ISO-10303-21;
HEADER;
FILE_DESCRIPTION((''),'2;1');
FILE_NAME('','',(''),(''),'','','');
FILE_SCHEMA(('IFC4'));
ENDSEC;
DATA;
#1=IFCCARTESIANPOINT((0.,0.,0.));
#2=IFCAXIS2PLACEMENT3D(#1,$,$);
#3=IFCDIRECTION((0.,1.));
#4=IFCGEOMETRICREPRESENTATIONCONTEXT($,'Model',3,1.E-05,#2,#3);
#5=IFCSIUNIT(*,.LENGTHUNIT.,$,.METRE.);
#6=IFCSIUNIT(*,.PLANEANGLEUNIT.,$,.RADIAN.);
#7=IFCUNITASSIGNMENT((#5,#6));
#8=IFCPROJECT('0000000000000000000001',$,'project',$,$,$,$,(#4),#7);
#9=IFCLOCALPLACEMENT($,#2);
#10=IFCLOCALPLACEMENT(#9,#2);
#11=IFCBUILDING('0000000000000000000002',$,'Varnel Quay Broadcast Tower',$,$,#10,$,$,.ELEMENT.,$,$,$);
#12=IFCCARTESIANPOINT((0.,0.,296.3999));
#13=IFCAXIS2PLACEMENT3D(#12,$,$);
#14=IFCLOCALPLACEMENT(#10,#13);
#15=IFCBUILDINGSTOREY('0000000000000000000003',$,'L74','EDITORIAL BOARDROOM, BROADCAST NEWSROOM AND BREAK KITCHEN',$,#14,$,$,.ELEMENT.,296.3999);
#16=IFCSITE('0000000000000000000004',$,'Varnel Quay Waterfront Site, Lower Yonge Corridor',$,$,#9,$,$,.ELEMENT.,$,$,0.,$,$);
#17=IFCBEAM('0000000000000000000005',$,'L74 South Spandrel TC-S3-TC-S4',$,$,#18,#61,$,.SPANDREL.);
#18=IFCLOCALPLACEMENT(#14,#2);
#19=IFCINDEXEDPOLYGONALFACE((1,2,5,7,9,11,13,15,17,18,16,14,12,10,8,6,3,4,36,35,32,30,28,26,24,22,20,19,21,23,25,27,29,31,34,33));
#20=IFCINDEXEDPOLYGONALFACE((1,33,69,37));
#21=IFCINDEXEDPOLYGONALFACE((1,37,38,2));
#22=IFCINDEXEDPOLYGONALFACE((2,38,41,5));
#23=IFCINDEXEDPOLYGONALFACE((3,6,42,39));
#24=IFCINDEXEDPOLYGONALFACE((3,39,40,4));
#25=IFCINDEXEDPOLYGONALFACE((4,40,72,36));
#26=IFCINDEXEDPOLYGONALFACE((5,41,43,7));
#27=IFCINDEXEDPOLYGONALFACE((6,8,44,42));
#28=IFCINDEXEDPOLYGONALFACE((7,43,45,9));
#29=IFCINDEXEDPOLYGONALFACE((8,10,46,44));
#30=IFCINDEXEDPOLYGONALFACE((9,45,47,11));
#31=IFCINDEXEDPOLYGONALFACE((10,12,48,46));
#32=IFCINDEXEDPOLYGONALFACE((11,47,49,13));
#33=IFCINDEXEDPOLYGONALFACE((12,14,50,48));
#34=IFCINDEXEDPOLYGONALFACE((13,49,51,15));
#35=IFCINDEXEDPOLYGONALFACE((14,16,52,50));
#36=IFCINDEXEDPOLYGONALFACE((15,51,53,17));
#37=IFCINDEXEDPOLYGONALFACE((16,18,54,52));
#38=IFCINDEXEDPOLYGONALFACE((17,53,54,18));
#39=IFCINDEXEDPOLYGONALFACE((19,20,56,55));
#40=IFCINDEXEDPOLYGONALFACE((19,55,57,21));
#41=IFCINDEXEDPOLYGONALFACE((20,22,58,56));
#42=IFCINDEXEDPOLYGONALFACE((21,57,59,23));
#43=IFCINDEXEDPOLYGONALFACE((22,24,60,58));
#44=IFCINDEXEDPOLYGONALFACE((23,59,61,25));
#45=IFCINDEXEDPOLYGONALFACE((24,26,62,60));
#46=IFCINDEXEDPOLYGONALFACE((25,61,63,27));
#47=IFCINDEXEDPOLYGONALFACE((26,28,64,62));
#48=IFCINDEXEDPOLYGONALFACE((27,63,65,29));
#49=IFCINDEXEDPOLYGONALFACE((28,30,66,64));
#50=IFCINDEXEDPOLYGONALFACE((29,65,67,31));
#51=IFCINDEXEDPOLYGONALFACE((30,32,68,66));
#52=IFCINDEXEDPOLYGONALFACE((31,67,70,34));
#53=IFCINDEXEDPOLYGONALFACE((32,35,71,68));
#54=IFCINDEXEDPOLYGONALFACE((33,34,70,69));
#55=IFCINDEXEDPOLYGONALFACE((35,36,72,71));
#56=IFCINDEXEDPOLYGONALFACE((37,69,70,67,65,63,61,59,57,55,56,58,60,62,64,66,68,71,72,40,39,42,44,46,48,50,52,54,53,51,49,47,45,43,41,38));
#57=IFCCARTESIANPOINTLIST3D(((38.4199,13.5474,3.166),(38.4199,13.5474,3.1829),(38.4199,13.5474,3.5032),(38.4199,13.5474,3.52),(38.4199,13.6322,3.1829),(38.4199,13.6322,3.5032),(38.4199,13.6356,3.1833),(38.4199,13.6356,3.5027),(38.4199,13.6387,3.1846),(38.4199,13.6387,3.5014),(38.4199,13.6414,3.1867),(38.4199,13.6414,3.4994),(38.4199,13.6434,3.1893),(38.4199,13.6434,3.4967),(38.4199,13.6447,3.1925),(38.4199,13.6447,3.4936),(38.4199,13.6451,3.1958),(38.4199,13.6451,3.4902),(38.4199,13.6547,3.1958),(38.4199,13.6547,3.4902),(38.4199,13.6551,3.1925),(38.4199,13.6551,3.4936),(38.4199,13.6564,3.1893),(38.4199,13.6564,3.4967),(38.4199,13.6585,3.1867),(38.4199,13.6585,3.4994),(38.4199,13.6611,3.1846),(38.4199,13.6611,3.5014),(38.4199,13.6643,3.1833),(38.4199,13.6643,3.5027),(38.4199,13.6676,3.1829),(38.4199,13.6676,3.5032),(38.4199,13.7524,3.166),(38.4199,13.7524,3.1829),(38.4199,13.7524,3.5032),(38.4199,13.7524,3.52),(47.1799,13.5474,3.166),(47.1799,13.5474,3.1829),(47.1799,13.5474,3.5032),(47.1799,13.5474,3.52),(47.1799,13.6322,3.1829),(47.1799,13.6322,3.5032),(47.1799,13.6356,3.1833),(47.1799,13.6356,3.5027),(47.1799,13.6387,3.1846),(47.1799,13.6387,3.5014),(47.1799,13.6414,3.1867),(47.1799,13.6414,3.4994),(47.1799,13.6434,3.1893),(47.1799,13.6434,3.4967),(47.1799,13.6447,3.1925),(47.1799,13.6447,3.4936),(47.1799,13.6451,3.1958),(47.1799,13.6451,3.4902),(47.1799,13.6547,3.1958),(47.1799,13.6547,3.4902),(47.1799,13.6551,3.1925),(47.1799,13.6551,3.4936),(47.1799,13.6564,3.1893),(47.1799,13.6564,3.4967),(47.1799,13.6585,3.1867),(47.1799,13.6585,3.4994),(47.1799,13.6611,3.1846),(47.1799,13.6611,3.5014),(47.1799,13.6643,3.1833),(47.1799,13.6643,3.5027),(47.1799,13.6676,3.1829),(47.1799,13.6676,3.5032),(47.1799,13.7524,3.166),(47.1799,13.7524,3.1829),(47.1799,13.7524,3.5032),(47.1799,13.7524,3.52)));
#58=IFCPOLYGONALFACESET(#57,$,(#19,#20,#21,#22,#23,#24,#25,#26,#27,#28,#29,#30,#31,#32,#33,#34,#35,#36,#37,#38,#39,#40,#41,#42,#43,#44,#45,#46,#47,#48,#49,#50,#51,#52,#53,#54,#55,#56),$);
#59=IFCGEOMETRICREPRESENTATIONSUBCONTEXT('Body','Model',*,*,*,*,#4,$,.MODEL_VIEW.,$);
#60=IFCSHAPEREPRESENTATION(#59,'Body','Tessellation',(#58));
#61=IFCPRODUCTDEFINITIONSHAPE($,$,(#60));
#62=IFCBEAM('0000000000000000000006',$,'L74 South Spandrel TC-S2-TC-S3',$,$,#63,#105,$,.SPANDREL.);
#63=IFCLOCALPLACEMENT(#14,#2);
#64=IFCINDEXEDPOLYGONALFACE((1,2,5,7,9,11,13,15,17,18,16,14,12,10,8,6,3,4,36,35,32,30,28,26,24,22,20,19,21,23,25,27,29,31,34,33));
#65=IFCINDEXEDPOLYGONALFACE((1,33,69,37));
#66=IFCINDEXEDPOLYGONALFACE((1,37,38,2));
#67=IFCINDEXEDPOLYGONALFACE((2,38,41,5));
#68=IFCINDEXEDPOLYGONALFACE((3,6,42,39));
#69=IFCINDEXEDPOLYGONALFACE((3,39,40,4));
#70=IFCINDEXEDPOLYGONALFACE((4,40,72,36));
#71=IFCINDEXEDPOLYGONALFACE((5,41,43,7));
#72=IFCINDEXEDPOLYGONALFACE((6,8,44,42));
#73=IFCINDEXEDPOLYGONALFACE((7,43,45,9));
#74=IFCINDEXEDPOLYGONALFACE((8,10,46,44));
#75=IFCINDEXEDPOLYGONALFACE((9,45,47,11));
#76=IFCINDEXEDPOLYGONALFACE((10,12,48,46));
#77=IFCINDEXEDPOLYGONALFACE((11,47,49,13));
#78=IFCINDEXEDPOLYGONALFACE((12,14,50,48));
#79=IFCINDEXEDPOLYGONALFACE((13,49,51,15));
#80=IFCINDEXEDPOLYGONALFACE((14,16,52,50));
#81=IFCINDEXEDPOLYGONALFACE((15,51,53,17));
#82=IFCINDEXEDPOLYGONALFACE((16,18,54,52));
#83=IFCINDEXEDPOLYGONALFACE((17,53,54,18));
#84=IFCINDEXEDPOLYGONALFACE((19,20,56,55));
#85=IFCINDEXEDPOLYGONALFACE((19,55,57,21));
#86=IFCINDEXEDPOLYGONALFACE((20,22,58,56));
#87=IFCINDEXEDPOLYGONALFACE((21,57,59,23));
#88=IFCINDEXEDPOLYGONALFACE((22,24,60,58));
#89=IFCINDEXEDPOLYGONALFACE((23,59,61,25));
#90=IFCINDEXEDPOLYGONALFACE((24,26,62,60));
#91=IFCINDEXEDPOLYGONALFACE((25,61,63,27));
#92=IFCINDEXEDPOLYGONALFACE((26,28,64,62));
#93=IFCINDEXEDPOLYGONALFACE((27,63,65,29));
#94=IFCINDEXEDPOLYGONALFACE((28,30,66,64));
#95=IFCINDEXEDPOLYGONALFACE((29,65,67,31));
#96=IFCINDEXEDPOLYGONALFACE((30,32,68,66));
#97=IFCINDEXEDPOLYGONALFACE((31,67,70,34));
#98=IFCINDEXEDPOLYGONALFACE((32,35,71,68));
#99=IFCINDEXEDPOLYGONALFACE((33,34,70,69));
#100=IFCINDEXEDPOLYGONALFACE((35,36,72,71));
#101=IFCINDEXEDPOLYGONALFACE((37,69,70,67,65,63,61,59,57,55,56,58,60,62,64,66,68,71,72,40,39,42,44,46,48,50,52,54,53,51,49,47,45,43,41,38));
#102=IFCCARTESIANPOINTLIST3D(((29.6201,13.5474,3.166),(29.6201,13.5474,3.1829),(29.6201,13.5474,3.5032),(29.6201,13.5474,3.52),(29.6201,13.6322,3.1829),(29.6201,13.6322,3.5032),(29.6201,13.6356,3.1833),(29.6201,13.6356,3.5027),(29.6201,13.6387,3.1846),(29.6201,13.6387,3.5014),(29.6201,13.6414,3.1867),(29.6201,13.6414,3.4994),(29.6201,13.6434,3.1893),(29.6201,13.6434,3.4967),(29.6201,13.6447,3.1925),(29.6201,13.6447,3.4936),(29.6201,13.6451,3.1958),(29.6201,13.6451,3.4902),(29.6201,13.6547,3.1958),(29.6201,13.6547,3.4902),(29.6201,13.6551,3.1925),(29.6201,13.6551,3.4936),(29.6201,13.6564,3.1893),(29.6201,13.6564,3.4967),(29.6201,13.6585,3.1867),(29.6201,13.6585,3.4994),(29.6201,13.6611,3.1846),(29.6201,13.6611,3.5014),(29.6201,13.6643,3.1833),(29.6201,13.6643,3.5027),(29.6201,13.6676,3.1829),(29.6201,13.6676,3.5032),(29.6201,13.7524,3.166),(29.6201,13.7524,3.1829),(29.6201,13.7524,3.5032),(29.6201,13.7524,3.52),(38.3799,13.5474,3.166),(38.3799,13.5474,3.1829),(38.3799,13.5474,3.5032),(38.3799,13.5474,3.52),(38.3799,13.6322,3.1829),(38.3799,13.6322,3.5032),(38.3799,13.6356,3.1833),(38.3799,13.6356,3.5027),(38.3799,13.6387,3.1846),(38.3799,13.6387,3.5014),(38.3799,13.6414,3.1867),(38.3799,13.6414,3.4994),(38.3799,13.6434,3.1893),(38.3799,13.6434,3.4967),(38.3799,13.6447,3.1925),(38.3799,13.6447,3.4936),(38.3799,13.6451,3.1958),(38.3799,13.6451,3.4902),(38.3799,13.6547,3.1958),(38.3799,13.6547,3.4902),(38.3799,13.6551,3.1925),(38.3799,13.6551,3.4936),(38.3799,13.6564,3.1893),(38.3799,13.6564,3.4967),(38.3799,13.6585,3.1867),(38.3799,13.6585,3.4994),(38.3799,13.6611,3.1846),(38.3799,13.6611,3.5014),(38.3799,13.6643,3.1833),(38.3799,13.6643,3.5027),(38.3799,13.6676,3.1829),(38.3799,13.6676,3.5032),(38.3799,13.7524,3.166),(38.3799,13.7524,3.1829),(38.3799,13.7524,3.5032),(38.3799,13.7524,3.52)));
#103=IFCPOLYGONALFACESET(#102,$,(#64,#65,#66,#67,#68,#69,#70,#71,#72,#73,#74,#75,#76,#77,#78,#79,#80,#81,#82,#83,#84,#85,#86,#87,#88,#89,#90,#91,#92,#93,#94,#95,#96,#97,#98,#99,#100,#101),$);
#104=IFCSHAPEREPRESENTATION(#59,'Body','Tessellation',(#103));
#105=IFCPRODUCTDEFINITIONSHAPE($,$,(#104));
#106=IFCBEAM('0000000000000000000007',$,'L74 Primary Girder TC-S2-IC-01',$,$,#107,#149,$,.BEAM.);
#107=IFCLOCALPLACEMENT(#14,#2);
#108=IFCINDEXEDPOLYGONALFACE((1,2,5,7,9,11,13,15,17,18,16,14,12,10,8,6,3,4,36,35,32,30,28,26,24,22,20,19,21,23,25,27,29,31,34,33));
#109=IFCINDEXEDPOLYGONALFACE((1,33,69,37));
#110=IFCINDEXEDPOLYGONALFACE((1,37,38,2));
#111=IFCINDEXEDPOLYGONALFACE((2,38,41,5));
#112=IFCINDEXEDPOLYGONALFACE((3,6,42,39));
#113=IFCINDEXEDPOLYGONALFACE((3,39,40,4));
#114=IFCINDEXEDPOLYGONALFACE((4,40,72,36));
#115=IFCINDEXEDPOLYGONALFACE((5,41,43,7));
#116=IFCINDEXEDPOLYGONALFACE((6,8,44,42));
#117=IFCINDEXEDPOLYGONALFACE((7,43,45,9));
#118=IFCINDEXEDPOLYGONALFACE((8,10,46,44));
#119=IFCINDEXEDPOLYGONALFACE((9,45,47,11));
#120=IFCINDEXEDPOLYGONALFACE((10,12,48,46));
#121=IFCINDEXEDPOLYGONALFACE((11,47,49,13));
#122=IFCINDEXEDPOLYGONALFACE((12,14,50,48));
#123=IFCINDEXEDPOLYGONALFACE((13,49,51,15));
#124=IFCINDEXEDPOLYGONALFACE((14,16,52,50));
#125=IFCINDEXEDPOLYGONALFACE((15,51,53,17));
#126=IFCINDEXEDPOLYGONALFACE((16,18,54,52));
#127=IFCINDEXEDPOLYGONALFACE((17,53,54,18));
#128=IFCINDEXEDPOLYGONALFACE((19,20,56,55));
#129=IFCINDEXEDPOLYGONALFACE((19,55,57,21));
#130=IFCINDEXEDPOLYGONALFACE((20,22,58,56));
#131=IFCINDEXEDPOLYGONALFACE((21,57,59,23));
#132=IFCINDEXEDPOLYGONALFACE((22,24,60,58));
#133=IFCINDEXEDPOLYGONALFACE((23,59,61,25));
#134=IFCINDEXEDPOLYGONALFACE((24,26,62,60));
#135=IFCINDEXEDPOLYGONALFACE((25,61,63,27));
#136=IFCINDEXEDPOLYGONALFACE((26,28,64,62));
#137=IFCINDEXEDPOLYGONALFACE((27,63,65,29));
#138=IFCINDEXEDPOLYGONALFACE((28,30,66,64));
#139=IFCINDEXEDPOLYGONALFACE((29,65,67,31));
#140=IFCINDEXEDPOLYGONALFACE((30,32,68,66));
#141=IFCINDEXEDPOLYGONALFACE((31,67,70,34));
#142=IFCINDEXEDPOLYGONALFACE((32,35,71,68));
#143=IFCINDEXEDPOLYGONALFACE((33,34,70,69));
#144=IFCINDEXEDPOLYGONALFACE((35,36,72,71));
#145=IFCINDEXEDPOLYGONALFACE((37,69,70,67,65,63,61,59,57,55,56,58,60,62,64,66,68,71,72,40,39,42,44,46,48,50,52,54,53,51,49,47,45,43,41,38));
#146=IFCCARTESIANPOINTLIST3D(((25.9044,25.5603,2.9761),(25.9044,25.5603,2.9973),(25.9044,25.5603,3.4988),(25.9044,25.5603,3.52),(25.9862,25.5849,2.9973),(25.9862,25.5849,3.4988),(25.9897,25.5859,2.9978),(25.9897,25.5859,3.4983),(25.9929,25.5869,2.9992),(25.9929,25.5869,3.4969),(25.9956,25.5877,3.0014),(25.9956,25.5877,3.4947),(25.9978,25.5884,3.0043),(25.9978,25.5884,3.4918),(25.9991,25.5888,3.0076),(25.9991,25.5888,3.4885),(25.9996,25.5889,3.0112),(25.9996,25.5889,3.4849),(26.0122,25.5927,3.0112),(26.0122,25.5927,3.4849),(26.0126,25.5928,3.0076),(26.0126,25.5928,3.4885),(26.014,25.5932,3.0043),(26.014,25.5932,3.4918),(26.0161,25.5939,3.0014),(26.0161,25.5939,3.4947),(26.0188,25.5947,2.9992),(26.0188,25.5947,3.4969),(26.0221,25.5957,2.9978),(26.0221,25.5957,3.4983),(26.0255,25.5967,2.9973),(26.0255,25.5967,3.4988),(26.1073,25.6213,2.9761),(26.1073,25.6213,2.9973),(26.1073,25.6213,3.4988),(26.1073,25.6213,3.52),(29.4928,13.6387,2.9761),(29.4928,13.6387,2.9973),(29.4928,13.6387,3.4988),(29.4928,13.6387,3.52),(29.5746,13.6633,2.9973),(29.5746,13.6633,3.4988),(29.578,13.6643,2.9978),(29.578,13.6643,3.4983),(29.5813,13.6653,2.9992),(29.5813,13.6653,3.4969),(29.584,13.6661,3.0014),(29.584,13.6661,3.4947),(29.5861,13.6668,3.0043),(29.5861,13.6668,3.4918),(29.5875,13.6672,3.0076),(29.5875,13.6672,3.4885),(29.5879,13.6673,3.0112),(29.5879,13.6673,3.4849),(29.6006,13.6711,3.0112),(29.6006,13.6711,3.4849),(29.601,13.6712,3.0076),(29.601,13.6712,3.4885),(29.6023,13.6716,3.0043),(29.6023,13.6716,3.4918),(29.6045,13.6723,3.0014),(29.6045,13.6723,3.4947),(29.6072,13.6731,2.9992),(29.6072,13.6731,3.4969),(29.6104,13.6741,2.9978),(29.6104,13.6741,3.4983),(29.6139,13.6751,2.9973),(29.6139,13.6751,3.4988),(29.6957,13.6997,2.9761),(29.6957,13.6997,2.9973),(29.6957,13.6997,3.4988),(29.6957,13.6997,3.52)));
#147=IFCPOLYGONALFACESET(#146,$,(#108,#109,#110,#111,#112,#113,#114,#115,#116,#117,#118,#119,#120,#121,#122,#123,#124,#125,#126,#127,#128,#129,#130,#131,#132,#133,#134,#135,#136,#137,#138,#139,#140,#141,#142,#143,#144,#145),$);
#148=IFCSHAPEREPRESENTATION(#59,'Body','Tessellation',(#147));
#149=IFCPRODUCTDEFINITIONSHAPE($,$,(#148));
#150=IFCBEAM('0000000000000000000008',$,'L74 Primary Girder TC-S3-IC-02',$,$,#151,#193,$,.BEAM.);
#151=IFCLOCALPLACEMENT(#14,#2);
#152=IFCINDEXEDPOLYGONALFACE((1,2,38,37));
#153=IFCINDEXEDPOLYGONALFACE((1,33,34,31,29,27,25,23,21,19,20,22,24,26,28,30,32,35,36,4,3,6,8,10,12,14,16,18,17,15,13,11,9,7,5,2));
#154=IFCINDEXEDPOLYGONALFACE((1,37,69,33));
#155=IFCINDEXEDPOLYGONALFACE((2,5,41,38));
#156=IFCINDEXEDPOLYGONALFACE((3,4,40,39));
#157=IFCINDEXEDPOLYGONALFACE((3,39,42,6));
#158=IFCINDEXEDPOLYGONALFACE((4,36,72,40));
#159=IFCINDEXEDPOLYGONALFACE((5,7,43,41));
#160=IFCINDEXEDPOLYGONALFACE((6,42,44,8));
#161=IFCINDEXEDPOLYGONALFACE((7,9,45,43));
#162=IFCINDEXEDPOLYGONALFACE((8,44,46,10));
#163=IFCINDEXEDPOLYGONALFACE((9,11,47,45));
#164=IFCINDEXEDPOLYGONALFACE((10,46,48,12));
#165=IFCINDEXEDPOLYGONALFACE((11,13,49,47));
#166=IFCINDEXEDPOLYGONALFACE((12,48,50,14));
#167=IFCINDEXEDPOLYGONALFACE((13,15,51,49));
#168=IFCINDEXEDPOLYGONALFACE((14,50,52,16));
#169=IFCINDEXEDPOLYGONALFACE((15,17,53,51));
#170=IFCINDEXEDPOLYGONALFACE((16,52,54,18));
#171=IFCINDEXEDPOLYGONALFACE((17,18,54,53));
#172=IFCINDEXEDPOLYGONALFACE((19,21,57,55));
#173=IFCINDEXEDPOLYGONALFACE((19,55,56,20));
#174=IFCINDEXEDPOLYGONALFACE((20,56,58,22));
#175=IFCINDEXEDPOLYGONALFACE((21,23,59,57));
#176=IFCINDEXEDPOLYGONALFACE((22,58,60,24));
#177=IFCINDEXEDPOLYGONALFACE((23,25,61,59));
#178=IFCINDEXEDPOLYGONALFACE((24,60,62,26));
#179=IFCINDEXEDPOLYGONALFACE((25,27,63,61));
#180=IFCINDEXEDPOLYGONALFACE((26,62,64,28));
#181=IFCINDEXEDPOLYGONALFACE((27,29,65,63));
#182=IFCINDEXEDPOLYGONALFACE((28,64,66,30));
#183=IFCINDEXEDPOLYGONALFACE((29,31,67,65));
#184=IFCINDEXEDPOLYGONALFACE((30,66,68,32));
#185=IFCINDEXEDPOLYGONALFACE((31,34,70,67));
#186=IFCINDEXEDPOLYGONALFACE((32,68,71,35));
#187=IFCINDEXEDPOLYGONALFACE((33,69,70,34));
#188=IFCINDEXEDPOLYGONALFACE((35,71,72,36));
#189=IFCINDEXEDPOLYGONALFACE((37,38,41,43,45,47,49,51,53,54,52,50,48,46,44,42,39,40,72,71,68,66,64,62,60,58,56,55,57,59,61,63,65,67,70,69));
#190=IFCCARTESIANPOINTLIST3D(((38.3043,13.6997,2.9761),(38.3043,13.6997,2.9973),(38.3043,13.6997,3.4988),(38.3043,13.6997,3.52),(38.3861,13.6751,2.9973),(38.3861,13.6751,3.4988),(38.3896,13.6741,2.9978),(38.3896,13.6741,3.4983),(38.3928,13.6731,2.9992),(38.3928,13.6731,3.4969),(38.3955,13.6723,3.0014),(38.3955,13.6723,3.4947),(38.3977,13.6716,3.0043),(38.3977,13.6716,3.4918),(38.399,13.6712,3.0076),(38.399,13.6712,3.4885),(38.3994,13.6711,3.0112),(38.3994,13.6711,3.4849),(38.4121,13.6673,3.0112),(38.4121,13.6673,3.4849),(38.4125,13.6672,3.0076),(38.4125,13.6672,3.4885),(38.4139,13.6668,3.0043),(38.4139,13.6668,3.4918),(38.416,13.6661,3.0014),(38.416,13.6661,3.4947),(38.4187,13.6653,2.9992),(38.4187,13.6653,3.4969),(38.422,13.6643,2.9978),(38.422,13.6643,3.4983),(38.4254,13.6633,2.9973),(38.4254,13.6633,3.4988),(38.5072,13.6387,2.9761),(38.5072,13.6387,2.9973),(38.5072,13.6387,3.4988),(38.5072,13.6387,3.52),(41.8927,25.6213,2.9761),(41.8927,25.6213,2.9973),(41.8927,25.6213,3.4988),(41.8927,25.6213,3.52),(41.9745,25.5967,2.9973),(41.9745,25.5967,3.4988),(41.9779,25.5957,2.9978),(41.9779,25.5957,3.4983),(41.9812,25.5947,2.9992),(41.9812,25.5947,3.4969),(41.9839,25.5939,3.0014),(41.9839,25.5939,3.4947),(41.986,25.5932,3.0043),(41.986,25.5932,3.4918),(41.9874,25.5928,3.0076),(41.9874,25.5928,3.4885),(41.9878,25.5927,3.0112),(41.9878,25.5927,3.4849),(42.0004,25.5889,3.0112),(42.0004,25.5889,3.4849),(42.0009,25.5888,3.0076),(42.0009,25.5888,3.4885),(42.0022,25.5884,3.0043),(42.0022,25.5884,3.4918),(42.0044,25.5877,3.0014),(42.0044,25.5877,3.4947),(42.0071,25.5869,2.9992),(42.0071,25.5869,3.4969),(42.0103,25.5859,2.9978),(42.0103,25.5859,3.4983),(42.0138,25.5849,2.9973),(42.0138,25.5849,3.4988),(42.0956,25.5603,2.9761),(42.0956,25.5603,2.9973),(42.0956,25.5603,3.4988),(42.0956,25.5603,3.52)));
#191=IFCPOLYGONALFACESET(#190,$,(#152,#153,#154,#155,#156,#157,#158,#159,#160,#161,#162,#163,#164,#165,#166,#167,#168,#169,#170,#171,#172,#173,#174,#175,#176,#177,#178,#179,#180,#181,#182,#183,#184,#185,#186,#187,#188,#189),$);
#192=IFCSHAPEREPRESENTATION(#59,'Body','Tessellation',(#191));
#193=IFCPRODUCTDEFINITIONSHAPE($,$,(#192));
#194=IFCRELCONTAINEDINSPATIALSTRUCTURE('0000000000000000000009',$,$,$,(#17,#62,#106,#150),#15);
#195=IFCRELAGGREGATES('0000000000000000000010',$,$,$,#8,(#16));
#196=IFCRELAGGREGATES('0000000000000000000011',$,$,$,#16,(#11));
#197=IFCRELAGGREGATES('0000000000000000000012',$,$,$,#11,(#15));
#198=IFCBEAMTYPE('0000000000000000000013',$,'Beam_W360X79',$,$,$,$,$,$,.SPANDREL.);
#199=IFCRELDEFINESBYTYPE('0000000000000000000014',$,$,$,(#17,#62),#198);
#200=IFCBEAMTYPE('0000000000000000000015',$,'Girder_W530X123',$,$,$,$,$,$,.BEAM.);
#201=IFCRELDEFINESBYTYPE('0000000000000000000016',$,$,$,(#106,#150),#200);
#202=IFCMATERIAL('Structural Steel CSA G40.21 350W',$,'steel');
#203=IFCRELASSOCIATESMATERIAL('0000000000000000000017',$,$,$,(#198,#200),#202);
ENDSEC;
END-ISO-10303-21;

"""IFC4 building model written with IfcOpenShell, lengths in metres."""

from ifc_helpers import new_model, si_unit, direction, frame, origin, origin_2d, place, context, subcontext, project, spatial, i_section, extrude, source, transform, mapped, material, material_profile, profile_set, type_object, type_shapes, element, save


model = new_model("IFC4")

# Units and contexts
model_context = context("Model", 3, precision=1e-05, world=origin(), true_north=direction((0.0, 1.0)))
body_context = subcontext(model_context, "Body", "Model", "MODEL_VIEW")
ifc_project = project(units=[si_unit("LENGTHUNIT", "METRE"), si_unit("PLANEANGLEUNIT", "RADIAN")], contexts=[model_context])

# Site, building, storey
site_placement = place(None, origin())
site = spatial("IfcSite", under=ifc_project, at=site_placement, Name="Varnel Quay Waterfront Site, Lower Yonge Corridor", CompositionType="ELEMENT", RefElevation=0.0)
building_placement = place(site_placement, origin())
building = spatial("IfcBuilding", under=site, at=building_placement, Name="Varnel Quay Broadcast Tower", CompositionType="ELEMENT")
storey_placement = place(building_placement, frame((0.0, 0.0, 296.3999)))
storey = spatial("IfcBuildingStorey", under=building, at=storey_placement, Name="L74", Description="EDITORIAL BOARDROOM, BROADCAST NEWSROOM AND BREAK KITCHEN", CompositionType="ELEMENT", Elevation=296.3999)

# Shared definitions
ifc_material_1 = material(Name="Structural Steel CSA G40.21 350W", Category="steel")

# Beams
ifc_material_profile_1 = material_profile(ifc_material_1, i_section(OverallWidth=0.2051, OverallDepth=0.354, WebThickness=0.0095, FlangeThickness=0.0168, FilletRadius=0.0129, at=origin_2d()), Name="W360X79")
ifc_profile_set_1 = profile_set([ifc_material_profile_1], Name="Structural Steel CSA G40.21 350W")
beam_type_1 = type_object("IfcBeamType", Name="Beam_W360X79", PredefinedType="SPANDREL", material=ifc_profile_set_1)
shared_shape_1 = source(origin(), body_context, "Body", "SweptSolid", [
    extrude(i_section(OverallWidth=0.2051, OverallDepth=0.354, WebThickness=0.0095, FlangeThickness=0.0168, FilletRadius=0.0129, at=origin_2d()), origin(), (0.0, 0.0, 1.0), 8.76),
])
beam_1_placement = place(storey_placement, frame((38.4199, 13.6499, 3.343), z_axis=(1.0, 0.0, 0.0), x_axis=(0.0, 1.0, 0.0)))
element("IfcBeam", 1, at=beam_1_placement, inside=storey, type_object=beam_type_1, Name="L74 South Spandrel TC-S3-TC-S4", PredefinedType="SPANDREL", context=body_context, shape_type="MappedRepresentation", body=[
    mapped(shared_shape_1, transform((0.0, 0.0, 0.0), x_axis=(1.0, 0.0, 0.0), y_axis=(0.0, 1.0, 0.0), z_axis=(0.0, 0.0, 1.0), scale=1.0)),
])
shared_shape_2 = source(origin(), body_context, "Body", "SweptSolid", [
    extrude(i_section(OverallWidth=0.2051, OverallDepth=0.354, WebThickness=0.0095, FlangeThickness=0.0168, FilletRadius=0.0129, at=origin_2d()), origin(), (0.0, 0.0, 1.0), 8.7598),
])
type_shapes(beam_type_1, [shared_shape_1, shared_shape_2])
beam_2_placement = place(storey_placement, frame((29.6201, 13.6499, 3.343), z_axis=(1.0, 0.0, 0.0), x_axis=(0.0, 1.0, 0.0)))
element("IfcBeam", 2, at=beam_2_placement, inside=storey, type_object=beam_type_1, Name="L74 South Spandrel TC-S2-TC-S3", PredefinedType="SPANDREL", context=body_context, shape_type="MappedRepresentation", body=[
    mapped(shared_shape_2, transform((0.0, 0.0, 0.0), x_axis=(1.0, 0.0, 0.0), y_axis=(0.0, 1.0, 0.0), z_axis=(0.0, 0.0, 1.0), scale=1.0)),
])
ifc_material_profile_2 = material_profile(ifc_material_1, i_section(OverallWidth=0.2119, OverallDepth=0.5439, WebThickness=0.0132, FlangeThickness=0.0212, FilletRadius=0.0139, at=origin_2d()), Name="W530X123")
ifc_profile_set_2 = profile_set([ifc_material_profile_2], Name="Structural Steel CSA G40.21 350W")
beam_type_2 = type_object("IfcBeamType", Name="Girder_W530X123", PredefinedType="BEAM", material=ifc_profile_set_2)
shared_shape_3 = source(origin(), body_context, "Body", "SweptSolid", [
    extrude(i_section(OverallWidth=0.2119, OverallDepth=0.5439, WebThickness=0.0132, FlangeThickness=0.0212, FilletRadius=0.0139, at=origin_2d()), origin(), (0.0, 0.0, 1.0), 12.45),
])
for number, where, z_axis, x_axis, name in (
    (3, (29.5942, 13.6692, 3.248), (-0.288224, 0.957563, 0.0), (-0.957563, -0.288224, 0.0), "L74 Primary Girder TC-S2-IC-01"),
    (4, (38.4058, 13.6692, 3.248), (0.288224, 0.957563, 0.0), (-0.957563, 0.288224, 0.0), "L74 Primary Girder TC-S3-IC-02"),
):
    element("IfcBeam", number, at=place(storey_placement, frame(where, z_axis=z_axis, x_axis=x_axis)), inside=storey, type_object=beam_type_2, Name=name, PredefinedType="BEAM", context=body_context, shape_type="MappedRepresentation", body=[
        mapped(shared_shape_3, transform((0.0, 0.0, 0.0), x_axis=(1.0, 0.0, 0.0), y_axis=(0.0, 1.0, 0.0), z_axis=(0.0, 0.0, 1.0), scale=1.0)),
    ])

save(model, "model.ifc")
